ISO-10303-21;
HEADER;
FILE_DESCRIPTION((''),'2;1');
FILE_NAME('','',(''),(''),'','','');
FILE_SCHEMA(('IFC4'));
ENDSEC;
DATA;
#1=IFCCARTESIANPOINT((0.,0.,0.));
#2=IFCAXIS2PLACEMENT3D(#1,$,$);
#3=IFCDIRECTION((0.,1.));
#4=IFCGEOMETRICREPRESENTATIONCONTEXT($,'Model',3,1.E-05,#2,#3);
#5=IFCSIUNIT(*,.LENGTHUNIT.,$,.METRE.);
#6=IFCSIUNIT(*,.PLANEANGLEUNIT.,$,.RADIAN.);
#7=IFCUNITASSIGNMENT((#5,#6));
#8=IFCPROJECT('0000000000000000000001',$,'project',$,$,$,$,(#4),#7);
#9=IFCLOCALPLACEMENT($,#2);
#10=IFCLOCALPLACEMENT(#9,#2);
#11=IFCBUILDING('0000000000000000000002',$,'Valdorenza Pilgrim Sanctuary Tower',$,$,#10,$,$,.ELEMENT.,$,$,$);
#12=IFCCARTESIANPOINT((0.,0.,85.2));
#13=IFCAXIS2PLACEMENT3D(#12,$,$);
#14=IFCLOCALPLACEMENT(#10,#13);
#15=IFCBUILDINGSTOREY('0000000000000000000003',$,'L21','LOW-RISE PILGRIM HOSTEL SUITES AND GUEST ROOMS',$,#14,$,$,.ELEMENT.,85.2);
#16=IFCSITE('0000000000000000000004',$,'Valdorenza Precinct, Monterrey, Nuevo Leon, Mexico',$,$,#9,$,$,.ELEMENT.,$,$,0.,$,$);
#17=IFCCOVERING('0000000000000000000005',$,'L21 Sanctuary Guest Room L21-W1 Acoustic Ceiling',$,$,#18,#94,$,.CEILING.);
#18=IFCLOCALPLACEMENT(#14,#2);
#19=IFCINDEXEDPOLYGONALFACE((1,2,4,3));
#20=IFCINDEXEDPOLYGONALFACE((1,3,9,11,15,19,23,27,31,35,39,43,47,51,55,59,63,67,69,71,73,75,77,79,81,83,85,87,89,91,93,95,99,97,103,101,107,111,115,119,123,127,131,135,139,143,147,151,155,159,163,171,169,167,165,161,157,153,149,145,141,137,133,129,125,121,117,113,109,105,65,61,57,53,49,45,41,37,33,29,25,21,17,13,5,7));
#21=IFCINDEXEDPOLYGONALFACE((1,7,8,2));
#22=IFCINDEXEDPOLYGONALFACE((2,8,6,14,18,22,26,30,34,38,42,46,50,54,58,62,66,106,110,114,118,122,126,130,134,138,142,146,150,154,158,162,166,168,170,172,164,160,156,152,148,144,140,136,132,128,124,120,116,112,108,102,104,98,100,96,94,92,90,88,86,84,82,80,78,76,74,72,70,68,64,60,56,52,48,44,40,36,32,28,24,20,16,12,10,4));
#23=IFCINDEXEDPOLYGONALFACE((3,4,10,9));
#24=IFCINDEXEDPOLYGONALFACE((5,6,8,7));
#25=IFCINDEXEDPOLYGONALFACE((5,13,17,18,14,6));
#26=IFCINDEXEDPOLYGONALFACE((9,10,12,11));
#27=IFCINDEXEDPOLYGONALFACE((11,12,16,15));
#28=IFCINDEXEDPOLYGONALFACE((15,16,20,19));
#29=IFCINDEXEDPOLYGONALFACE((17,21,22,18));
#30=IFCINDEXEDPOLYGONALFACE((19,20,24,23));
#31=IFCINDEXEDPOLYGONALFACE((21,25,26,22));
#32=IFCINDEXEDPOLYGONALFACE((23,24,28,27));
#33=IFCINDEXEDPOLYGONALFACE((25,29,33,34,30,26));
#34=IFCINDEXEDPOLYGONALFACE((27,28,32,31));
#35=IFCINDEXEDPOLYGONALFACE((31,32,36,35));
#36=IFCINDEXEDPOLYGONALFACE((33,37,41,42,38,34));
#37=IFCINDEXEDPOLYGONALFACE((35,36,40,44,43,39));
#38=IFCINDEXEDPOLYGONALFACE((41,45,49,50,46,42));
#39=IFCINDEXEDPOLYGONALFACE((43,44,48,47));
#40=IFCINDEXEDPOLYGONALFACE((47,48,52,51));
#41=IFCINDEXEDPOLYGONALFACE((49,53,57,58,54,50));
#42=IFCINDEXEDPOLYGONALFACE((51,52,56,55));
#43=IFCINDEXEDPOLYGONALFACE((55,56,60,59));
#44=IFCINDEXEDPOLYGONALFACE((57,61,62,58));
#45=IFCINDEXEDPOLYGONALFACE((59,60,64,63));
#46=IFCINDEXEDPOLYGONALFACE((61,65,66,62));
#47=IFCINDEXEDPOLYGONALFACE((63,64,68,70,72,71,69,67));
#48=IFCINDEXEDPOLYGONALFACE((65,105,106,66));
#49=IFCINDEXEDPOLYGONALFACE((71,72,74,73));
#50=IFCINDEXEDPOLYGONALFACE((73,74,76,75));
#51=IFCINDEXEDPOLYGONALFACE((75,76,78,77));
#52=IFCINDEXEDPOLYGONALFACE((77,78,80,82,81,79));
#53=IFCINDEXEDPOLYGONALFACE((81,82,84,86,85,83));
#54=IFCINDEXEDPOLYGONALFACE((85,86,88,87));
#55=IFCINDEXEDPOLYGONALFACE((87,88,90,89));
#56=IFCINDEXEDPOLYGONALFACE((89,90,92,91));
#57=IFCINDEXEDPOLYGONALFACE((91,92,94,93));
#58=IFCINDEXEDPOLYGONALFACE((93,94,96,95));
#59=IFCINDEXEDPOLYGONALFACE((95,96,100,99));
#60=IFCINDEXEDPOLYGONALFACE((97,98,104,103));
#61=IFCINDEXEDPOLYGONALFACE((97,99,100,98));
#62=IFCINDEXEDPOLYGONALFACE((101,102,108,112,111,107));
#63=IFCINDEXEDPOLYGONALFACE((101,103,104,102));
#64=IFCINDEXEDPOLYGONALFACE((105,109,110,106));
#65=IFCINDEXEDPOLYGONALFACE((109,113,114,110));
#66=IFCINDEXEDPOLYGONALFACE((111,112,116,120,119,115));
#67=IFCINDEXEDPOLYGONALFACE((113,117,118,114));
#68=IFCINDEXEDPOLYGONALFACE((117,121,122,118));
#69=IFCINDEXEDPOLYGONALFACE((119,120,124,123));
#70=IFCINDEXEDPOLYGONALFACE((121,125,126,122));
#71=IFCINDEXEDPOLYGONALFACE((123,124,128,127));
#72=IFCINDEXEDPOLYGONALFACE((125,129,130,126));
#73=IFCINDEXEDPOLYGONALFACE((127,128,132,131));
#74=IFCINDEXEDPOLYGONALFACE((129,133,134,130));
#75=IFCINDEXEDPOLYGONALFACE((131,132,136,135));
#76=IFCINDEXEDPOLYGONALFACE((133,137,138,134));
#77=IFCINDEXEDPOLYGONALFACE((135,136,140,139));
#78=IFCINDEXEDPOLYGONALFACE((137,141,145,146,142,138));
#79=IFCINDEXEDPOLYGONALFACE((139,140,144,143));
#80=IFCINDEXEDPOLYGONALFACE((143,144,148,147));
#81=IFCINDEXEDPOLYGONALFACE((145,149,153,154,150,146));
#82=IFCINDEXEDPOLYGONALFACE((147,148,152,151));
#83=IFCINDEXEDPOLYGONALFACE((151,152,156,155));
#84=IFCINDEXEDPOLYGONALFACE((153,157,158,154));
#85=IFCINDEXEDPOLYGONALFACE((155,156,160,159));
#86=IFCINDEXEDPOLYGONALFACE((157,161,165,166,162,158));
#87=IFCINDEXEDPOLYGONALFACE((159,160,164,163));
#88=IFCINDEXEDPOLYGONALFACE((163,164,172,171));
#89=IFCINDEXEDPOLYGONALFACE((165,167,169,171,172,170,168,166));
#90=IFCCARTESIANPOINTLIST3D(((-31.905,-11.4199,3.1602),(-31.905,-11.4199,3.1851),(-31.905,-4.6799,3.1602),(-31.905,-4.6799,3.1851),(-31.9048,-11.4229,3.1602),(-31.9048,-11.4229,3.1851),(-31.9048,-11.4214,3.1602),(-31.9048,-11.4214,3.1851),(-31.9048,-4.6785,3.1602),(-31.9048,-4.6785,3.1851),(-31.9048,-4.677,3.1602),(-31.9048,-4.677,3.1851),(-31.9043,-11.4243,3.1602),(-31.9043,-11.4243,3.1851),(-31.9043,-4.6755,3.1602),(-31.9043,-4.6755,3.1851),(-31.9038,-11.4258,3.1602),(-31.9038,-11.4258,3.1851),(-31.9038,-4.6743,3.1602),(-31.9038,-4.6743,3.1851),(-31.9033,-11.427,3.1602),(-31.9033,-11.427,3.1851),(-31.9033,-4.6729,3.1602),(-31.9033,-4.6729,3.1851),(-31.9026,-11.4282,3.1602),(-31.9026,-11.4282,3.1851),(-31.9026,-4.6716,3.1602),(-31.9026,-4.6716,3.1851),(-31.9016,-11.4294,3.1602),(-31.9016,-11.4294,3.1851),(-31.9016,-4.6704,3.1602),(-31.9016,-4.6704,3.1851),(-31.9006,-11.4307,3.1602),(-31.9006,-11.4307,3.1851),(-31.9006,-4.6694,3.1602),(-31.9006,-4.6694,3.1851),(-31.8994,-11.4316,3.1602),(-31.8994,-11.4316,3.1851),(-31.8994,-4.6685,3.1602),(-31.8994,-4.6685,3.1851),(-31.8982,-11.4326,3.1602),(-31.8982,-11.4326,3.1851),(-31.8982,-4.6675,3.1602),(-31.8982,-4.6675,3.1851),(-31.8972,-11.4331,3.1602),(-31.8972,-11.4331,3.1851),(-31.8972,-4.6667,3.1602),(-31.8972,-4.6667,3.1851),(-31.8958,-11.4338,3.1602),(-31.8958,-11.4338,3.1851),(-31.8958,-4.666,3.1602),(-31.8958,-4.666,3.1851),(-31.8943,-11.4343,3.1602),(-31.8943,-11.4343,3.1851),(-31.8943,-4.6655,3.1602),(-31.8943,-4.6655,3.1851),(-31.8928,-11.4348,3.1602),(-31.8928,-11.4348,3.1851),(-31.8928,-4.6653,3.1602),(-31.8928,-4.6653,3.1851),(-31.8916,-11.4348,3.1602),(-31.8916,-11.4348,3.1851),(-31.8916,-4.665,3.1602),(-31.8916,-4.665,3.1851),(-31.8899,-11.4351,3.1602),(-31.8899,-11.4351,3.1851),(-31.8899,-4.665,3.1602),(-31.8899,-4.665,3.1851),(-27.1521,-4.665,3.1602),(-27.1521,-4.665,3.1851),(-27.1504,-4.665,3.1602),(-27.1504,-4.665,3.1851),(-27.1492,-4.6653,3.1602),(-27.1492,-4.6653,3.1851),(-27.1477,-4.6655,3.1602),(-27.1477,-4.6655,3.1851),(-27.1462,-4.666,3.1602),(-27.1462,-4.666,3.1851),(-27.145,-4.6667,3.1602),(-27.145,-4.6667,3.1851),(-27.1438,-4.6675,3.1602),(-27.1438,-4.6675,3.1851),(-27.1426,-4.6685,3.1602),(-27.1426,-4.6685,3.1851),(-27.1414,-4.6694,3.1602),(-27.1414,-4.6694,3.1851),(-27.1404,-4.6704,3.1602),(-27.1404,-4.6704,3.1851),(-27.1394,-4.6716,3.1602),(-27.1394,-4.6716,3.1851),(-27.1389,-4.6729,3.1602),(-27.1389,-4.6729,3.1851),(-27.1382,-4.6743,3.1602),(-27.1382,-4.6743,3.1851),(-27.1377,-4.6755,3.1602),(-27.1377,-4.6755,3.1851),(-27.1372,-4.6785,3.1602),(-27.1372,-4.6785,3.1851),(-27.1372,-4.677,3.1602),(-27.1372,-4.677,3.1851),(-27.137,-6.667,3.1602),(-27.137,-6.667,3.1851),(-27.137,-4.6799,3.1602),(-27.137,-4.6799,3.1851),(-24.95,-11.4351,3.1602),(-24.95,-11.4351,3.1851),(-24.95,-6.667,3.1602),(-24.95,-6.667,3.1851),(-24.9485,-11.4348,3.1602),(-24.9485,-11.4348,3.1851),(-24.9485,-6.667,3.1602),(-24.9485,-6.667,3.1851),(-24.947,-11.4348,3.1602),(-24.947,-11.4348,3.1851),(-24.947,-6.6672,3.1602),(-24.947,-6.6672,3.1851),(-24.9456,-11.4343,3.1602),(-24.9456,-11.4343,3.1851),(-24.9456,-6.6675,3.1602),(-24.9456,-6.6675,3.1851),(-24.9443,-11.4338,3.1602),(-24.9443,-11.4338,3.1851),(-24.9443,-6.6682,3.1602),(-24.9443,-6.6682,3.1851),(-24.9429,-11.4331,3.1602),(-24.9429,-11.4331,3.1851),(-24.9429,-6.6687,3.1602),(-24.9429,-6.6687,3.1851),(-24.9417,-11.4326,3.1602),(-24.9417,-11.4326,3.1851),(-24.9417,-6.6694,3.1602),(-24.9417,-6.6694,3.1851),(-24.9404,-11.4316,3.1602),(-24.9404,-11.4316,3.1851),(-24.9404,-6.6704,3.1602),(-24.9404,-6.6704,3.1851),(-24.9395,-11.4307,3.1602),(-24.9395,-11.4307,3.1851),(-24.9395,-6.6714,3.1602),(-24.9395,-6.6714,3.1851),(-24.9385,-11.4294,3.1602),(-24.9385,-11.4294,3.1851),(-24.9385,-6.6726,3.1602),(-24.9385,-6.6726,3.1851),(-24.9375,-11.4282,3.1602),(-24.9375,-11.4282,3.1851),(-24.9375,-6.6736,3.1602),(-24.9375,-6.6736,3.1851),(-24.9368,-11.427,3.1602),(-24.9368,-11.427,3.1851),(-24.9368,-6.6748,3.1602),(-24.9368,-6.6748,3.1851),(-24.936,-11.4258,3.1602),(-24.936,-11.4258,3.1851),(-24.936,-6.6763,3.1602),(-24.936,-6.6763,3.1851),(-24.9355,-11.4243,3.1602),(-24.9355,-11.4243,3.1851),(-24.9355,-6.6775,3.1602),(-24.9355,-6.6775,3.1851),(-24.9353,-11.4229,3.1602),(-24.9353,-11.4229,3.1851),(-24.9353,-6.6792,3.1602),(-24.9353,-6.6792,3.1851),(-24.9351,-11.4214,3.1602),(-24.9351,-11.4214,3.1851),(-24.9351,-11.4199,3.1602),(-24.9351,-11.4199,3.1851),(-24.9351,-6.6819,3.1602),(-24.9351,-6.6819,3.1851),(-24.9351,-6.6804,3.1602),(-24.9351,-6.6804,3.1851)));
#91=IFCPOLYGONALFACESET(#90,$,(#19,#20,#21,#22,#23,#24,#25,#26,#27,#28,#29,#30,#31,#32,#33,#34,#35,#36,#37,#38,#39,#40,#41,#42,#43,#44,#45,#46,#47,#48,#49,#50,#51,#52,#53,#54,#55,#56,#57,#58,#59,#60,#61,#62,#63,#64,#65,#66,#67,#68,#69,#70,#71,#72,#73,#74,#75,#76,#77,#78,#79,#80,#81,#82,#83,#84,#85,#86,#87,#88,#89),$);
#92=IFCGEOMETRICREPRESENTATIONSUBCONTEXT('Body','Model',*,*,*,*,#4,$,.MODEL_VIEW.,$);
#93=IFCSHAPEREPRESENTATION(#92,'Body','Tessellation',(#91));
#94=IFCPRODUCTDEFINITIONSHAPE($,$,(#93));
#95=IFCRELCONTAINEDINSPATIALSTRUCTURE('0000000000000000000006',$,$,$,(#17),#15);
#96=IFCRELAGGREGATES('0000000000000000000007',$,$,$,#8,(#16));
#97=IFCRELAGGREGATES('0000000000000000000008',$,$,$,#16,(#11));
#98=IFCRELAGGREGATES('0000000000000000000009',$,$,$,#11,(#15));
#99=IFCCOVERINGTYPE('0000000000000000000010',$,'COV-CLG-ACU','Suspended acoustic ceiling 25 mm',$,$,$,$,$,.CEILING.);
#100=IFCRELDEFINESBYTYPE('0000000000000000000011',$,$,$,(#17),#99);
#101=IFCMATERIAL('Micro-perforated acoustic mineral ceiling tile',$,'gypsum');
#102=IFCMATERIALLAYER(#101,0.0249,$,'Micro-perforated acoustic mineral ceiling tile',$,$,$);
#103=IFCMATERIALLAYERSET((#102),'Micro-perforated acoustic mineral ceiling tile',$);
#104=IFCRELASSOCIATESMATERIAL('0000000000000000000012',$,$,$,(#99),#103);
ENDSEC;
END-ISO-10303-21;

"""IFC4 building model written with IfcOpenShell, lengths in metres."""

from ifc_helpers import new_model, si_unit, direction, frame, origin, place, context, subcontext, project, spatial, polyline, outline, extrude, material, layer, layer_set, type_object, element, save


model = new_model("IFC4")

# Units and contexts
model_context = context("Model", 3, precision=1e-05, world=origin(), true_north=direction((0.0, 1.0)))
body_context = subcontext(model_context, "Body", "Model", "MODEL_VIEW")
ifc_project = project(units=[si_unit("LENGTHUNIT", "METRE"), si_unit("PLANEANGLEUNIT", "RADIAN")], contexts=[model_context])

# Site, building, storey
site_placement = place(None, origin())
site = spatial("IfcSite", under=ifc_project, at=site_placement, Name="Valdorenza Precinct, Monterrey, Nuevo Leon, Mexico", CompositionType="ELEMENT", RefElevation=0.0)
building_placement = place(site_placement, origin())
building = spatial("IfcBuilding", under=site, at=building_placement, Name="Valdorenza Pilgrim Sanctuary Tower", CompositionType="ELEMENT")
storey_placement = place(building_placement, frame((0.0, 0.0, 85.2)))
storey = spatial("IfcBuildingStorey", under=building, at=storey_placement, Name="L21", Description="LOW-RISE PILGRIM HOSTEL SUITES AND GUEST ROOMS", CompositionType="ELEMENT", Elevation=85.2)

# Covering
ifc_material_1 = material(Name="Micro-perforated acoustic mineral ceiling tile", Category="gypsum")
ifc_layer_1 = layer(ifc_material_1, 0.0249, Name="Micro-perforated acoustic mineral ceiling tile")
ifc_layer_set_1 = layer_set([ifc_layer_1], Name="Micro-perforated acoustic mineral ceiling tile")
covering_type_1 = type_object("IfcCoveringType", Name="COV-CLG-ACU", Description="Suspended acoustic ceiling 25 mm", PredefinedType="CEILING", material=ifc_layer_set_1)
covering_1_placement = place(storey_placement, frame((0.0, 0.0, 3.1602)))
element("IfcCovering", 1, at=covering_1_placement, inside=storey, type_object=covering_type_1, Name="L21 Sanctuary Guest Room L21-W1 Acoustic Ceiling", PredefinedType="CEILING", context=body_context, shape_type="SweptSolid", body=[
    extrude(outline(polyline([(-31.905, -4.6799), (-31.9048, -4.6785), (-31.9048, -4.677), (-31.9043, -4.6755), (-31.9038, -4.6743), (-31.9033, -4.6729), (-31.9026, -4.6716), (-31.9016, -4.6704), (-31.9006, -4.6694), (-31.8994, -4.6685), (-31.8982, -4.6675), (-31.8972, -4.6667), (-31.8958, -4.666), (-31.8943, -4.6655), (-31.8928, -4.6653), (-31.8916, -4.665), (-31.8899, -4.665), (-27.1521, -4.665), (-27.1504, -4.665), (-27.1492, -4.6653), (-27.1477, -4.6655), (-27.1462, -4.666), (-27.145, -4.6667), (-27.1438, -4.6675), (-27.1426, -4.6685), (-27.1414, -4.6694), (-27.1404, -4.6704), (-27.1394, -4.6716), (-27.1389, -4.6729), (-27.1382, -4.6743), (-27.1377, -4.6755), (-27.1372, -4.677), (-27.1372, -4.6785), (-27.137, -4.6799), (-27.137, -6.667), (-24.95, -6.667), (-24.9485, -6.667), (-24.947, -6.6672), (-24.9456, -6.6675), (-24.9443, -6.6682), (-24.9429, -6.6687), (-24.9417, -6.6694), (-24.9404, -6.6704), (-24.9395, -6.6714), (-24.9385, -6.6726), (-24.9375, -6.6736), (-24.9368, -6.6748), (-24.936, -6.6763), (-24.9355, -6.6775), (-24.9353, -6.6792), (-24.9351, -6.6804), (-24.9351, -6.6819), (-24.9351, -11.4199), (-24.9351, -11.4214), (-24.9353, -11.4229), (-24.9355, -11.4243), (-24.936, -11.4258), (-24.9368, -11.427), (-24.9375, -11.4282), (-24.9385, -11.4294), (-24.9395, -11.4307), (-24.9404, -11.4316), (-24.9417, -11.4326), (-24.9429, -11.4331), (-24.9443, -11.4338), (-24.9456, -11.4343), (-24.947, -11.4348), (-24.9485, -11.4348), (-24.95, -11.4351), (-31.8899, -11.4351), (-31.8916, -11.4348), (-31.8928, -11.4348), (-31.8943, -11.4343), (-31.8958, -11.4338), (-31.8972, -11.4331), (-31.8982, -11.4326), (-31.8994, -11.4316), (-31.9006, -11.4307), (-31.9016, -11.4294), (-31.9026, -11.4282), (-31.9033, -11.427), (-31.9038, -11.4258), (-31.9043, -11.4243), (-31.9048, -11.4229), (-31.9048, -11.4214), (-31.905, -11.4199), (-31.905, -4.6799)])), origin(), (0.0, 0.0, 1.0), 0.0249),
])

save(model, "model.ifc")
